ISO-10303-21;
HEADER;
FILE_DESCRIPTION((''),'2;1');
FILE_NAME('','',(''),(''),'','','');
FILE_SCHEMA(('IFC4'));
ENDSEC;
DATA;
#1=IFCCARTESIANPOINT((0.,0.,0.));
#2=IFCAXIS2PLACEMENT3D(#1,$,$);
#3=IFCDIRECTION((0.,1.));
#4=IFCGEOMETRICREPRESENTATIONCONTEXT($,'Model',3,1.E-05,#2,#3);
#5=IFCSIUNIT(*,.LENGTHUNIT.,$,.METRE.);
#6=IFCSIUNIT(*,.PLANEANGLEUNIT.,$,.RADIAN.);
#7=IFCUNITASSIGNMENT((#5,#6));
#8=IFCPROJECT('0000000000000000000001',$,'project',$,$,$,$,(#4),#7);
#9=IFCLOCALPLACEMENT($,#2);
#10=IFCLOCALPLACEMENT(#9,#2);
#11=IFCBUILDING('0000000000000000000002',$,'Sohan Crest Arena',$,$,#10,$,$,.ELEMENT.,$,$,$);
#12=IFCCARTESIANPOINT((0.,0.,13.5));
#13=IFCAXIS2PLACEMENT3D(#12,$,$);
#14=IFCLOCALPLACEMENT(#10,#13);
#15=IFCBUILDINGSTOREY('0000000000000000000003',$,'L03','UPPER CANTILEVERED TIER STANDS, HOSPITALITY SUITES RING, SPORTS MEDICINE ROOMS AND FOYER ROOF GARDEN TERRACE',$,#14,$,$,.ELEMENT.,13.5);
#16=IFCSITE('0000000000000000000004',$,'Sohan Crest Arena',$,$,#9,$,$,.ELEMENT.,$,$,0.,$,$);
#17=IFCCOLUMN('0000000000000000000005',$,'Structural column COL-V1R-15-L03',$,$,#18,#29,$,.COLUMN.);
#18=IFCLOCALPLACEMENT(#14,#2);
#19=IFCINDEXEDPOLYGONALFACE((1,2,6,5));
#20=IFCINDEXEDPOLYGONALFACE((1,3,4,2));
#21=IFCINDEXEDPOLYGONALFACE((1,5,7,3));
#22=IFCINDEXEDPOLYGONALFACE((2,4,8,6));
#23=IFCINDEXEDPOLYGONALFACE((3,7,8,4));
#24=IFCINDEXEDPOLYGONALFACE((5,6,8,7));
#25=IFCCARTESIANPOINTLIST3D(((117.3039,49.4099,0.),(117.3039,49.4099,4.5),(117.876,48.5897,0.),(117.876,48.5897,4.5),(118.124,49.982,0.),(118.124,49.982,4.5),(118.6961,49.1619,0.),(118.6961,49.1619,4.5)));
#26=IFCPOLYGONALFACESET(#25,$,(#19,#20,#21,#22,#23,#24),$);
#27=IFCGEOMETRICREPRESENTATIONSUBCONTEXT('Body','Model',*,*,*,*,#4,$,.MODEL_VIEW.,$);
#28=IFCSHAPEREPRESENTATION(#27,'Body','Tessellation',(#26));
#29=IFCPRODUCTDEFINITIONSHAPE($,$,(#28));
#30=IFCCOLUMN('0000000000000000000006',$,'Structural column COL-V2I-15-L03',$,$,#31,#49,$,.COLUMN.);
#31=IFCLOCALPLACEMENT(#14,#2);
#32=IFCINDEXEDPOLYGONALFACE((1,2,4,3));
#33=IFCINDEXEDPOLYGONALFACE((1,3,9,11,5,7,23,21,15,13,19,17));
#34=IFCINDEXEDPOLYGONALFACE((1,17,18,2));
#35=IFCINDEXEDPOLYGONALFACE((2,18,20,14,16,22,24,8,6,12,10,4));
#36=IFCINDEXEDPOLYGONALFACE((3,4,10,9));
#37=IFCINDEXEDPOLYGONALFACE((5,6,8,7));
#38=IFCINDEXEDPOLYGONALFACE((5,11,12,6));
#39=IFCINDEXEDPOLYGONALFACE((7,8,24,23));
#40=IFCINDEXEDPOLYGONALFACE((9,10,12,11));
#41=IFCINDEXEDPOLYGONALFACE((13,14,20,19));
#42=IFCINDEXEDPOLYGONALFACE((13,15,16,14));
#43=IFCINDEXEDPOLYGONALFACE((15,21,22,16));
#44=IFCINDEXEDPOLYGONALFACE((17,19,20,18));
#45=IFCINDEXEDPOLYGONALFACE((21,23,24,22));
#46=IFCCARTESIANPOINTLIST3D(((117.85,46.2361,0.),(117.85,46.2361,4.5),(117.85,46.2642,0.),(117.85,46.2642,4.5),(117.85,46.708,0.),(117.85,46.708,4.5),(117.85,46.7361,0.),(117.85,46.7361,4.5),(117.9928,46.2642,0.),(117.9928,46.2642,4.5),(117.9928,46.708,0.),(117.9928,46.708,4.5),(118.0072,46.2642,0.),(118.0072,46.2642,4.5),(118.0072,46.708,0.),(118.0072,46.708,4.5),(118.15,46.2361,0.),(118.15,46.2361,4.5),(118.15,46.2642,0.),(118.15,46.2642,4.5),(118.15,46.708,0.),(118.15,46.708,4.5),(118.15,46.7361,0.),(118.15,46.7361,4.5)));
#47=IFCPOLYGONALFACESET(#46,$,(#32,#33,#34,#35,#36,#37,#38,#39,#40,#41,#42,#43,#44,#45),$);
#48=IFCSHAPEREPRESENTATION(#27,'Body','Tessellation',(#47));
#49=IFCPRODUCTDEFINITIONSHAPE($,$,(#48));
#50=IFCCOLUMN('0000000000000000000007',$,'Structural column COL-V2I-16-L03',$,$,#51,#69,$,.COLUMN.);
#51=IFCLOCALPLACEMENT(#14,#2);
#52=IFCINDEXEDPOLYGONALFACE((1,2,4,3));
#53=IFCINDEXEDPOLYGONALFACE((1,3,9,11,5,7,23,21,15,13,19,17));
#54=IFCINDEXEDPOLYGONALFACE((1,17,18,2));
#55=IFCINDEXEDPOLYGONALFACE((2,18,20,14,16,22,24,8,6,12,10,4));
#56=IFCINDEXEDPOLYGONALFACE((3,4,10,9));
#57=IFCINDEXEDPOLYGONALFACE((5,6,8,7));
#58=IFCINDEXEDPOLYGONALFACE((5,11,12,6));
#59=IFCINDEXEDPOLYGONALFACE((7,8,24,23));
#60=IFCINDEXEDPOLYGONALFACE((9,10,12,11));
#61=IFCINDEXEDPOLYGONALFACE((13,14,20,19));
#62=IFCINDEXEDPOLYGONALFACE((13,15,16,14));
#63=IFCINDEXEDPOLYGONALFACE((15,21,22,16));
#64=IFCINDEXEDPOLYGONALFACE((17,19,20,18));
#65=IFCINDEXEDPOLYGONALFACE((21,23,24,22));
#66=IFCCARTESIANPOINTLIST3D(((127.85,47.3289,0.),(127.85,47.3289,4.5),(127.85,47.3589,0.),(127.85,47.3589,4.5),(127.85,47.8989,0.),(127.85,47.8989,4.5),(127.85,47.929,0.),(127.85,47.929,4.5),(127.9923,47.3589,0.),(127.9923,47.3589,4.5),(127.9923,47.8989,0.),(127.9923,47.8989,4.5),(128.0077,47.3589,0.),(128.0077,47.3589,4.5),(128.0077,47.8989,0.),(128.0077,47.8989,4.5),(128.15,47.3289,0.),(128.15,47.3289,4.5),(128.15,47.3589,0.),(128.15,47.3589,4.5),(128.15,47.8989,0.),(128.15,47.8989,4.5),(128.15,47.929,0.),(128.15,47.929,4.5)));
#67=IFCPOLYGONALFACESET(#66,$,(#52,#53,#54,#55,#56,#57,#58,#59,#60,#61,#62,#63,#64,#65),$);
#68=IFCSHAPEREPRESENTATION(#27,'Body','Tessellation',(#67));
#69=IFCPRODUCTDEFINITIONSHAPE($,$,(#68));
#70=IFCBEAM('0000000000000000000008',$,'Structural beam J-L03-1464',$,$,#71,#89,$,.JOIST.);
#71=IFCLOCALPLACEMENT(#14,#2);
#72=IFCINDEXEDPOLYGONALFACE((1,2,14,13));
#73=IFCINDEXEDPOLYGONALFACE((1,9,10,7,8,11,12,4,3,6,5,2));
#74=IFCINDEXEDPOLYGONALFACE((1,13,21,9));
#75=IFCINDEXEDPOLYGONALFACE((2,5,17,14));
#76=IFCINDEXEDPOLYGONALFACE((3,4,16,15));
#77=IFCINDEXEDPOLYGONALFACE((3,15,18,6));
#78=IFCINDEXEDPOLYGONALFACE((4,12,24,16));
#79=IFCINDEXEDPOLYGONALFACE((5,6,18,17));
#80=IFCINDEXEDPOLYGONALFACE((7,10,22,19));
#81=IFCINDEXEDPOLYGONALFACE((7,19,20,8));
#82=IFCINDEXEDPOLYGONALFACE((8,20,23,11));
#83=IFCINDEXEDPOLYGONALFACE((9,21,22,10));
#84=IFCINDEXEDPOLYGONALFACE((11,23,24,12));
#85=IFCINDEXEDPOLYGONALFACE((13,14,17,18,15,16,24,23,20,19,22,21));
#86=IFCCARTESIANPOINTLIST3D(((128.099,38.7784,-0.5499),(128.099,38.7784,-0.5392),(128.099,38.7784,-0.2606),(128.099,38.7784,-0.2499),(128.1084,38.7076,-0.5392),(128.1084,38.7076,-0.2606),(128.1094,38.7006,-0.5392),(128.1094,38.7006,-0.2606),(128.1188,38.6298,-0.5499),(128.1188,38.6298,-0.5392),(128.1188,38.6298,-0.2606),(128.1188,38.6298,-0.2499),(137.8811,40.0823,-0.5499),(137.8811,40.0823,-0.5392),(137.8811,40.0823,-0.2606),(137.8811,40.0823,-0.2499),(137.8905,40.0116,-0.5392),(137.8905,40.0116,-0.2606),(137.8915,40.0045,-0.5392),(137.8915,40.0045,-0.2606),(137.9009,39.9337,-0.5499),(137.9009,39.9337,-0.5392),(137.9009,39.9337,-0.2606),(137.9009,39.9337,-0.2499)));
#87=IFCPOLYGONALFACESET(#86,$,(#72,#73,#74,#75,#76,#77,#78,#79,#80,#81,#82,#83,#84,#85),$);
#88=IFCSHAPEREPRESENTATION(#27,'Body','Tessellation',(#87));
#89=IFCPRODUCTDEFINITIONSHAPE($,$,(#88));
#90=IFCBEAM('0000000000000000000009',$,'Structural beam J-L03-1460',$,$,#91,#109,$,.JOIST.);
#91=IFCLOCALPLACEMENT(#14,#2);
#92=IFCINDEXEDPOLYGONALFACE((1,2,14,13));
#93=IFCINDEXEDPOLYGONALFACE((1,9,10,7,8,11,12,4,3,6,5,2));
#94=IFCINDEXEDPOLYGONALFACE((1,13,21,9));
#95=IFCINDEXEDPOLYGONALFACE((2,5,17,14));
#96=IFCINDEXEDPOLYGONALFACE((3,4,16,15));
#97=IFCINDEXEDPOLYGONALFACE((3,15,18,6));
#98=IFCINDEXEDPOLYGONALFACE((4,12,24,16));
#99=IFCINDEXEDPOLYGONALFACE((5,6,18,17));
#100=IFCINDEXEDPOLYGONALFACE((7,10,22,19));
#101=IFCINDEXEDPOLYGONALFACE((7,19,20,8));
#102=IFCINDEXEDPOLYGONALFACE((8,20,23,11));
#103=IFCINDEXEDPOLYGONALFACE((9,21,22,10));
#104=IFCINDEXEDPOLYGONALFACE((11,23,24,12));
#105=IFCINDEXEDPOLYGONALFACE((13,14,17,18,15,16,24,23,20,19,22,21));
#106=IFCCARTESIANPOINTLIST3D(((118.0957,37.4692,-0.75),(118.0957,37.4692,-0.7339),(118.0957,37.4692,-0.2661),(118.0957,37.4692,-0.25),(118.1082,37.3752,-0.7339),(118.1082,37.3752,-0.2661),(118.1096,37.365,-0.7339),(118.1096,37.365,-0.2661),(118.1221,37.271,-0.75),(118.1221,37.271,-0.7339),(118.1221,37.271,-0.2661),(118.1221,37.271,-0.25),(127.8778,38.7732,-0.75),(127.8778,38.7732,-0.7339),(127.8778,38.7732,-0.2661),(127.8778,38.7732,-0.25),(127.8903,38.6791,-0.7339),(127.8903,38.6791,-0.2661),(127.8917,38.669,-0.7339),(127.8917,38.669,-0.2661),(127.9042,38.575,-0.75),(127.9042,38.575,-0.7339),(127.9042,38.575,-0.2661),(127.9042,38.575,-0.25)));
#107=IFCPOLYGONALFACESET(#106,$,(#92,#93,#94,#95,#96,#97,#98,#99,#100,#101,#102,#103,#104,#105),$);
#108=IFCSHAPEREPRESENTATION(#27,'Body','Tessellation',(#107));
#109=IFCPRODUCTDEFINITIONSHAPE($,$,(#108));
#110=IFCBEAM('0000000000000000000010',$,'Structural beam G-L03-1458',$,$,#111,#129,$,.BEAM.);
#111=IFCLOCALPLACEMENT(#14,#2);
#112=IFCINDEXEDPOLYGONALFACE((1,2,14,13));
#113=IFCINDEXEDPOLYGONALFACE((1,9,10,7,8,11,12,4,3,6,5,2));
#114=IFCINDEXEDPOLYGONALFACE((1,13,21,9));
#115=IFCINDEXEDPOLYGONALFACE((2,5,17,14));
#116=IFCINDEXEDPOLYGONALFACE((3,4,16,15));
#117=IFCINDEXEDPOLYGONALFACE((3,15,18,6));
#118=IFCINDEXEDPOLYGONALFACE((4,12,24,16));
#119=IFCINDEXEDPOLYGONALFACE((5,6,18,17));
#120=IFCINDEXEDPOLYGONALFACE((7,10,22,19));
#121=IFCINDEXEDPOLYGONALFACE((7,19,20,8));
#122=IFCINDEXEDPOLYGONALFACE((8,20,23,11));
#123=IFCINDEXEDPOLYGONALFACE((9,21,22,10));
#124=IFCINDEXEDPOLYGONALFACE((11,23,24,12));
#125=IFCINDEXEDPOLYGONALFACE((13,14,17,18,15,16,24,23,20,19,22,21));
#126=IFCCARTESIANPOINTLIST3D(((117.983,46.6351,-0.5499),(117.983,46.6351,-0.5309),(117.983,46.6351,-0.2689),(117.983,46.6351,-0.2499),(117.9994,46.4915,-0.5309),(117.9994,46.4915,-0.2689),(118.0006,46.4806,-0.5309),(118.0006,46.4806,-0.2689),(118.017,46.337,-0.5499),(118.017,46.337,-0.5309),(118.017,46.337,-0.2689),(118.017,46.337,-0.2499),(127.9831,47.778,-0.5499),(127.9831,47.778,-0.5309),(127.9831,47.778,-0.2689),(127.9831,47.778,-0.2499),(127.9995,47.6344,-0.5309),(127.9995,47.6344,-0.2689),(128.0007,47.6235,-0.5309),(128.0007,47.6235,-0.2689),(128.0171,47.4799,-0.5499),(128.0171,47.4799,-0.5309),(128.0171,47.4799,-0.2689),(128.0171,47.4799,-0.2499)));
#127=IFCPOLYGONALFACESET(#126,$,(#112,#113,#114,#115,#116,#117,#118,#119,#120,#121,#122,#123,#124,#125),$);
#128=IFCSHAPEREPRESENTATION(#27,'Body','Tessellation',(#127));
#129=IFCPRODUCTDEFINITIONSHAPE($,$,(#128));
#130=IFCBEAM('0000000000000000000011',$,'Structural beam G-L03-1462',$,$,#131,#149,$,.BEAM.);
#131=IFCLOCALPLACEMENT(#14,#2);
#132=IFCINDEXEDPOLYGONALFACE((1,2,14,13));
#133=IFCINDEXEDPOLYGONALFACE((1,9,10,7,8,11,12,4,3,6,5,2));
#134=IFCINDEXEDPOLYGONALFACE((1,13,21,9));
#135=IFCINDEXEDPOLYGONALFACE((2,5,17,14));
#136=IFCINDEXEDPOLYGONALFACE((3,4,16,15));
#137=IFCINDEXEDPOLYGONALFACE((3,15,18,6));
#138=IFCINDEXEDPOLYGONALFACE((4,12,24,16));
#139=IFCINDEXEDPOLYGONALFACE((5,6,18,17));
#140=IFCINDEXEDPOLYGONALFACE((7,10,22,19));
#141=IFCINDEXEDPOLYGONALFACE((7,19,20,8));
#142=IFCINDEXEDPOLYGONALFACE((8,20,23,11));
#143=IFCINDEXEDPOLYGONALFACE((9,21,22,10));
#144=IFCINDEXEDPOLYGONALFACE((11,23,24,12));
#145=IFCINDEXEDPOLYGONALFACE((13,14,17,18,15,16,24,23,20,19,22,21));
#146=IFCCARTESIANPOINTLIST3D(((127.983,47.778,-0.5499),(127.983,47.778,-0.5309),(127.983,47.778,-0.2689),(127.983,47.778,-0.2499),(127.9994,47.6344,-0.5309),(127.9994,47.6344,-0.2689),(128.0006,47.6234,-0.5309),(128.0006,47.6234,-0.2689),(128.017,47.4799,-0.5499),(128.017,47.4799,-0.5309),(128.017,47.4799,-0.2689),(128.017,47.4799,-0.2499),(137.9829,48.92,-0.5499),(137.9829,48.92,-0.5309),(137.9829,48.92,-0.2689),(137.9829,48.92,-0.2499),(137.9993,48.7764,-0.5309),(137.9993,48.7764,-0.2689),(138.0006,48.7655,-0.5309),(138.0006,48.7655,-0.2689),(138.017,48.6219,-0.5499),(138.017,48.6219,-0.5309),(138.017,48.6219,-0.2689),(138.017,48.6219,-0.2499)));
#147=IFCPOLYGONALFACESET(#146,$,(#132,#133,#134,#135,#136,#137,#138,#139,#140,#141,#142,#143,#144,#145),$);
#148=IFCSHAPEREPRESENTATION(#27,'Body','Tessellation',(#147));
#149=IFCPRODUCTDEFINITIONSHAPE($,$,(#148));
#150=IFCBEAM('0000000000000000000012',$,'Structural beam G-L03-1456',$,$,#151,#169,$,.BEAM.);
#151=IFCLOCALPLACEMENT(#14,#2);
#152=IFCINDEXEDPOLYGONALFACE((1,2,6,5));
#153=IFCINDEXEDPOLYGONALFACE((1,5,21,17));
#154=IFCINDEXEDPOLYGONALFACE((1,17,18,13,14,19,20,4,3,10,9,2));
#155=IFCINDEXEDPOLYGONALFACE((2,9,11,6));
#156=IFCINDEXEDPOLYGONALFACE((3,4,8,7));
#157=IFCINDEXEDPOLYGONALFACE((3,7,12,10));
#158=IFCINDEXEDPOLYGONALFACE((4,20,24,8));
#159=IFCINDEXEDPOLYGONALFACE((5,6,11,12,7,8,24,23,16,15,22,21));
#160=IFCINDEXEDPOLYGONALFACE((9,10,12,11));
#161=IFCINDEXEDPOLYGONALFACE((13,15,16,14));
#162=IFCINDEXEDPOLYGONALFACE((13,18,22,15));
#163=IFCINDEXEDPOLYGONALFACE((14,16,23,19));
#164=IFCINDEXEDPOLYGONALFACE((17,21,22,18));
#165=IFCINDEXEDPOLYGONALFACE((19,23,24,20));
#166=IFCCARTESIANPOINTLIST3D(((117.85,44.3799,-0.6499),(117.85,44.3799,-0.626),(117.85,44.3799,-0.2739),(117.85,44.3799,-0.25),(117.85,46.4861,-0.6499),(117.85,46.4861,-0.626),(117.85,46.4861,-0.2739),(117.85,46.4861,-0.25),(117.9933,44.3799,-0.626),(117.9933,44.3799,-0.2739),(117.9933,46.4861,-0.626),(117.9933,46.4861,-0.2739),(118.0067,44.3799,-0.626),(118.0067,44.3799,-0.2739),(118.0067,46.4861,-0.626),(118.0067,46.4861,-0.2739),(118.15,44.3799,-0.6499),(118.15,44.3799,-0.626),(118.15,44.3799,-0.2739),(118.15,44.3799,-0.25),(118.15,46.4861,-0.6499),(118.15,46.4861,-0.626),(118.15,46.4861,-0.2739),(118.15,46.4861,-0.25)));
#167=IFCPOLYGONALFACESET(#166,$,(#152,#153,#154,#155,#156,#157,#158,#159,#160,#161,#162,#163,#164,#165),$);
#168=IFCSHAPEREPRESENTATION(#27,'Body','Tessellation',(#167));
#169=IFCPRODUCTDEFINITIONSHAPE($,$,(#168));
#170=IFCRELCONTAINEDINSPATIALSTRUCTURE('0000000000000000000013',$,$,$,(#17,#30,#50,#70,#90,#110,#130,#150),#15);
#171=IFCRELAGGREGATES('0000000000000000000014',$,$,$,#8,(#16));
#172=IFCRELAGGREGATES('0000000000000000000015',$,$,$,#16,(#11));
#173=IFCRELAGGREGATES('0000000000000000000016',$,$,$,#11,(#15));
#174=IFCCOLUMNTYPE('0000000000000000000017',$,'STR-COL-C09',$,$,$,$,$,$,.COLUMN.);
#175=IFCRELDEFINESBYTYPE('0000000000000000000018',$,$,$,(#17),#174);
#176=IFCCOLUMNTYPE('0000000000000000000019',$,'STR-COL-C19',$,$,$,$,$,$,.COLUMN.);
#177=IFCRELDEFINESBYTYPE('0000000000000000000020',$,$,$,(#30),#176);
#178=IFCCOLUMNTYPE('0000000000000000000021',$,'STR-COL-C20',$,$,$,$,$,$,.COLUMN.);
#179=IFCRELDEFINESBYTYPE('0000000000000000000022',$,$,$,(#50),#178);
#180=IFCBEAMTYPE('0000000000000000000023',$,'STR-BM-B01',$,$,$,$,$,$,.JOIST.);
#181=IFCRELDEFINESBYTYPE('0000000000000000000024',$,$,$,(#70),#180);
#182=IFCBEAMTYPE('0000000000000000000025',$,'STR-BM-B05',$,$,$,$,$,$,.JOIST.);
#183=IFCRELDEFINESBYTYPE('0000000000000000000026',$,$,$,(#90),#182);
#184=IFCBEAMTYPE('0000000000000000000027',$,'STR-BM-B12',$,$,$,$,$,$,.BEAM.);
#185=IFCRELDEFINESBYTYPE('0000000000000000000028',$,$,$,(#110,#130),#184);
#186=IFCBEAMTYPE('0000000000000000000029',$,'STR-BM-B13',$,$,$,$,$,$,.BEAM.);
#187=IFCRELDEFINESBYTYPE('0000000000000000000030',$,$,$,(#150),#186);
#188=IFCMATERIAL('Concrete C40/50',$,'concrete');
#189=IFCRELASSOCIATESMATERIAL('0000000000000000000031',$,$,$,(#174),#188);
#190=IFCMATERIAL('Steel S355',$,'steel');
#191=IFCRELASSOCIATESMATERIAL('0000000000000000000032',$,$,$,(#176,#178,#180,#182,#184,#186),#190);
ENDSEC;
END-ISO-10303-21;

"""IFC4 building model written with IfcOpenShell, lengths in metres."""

from ifc_helpers import new_model, si_unit, direction, frame, origin, origin_2d, place, context, subcontext, project, spatial, rectangle, i_section, extrude, material, material_profile, profile_set, type_object, element, save


model = new_model("IFC4")

# Units and contexts
model_context = context("Model", 3, precision=1e-05, world=origin(), true_north=direction((0.0, 1.0)))
body_context = subcontext(model_context, "Body", "Model", "MODEL_VIEW")
ifc_project = project(units=[si_unit("LENGTHUNIT", "METRE"), si_unit("PLANEANGLEUNIT", "RADIAN")], contexts=[model_context])

# Site, building, storey
site_placement = place(None, origin())
site = spatial("IfcSite", under=ifc_project, at=site_placement, Name="Sohan Crest Arena", CompositionType="ELEMENT", RefElevation=0.0)
building_placement = place(site_placement, origin())
building = spatial("IfcBuilding", under=site, at=building_placement, Name="Sohan Crest Arena", CompositionType="ELEMENT")
storey_placement = place(building_placement, frame((0.0, 0.0, 13.5)))
storey = spatial("IfcBuildingStorey", under=building, at=storey_placement, Name="L03", Description="UPPER CANTILEVERED TIER STANDS, HOSPITALITY SUITES RING, SPORTS MEDICINE ROOMS AND FOYER ROOF GARDEN TERRACE", CompositionType="ELEMENT", Elevation=13.5)

# Columns
ifc_material_1 = material(Name="Concrete C40/50", Category="concrete")
ifc_material_profile_1 = material_profile(ifc_material_1, rectangle(XDim=1.0, YDim=1.0, at=origin_2d()), Name="RC 1000x1000")
ifc_profile_set_1 = profile_set([ifc_material_profile_1], Name="Concrete C40/50")
column_type_1 = type_object("IfcColumnType", Name="STR-COL-C09", PredefinedType="COLUMN", material=ifc_profile_set_1)
column_1_placement = place(storey_placement, frame((118.0, 49.2859, 0.0), z_axis=(0.0, 0.0, 1.0), x_axis=(-0.572146, 0.820152, 0.0)))
element("IfcColumn", 1, at=column_1_placement, inside=storey, type_object=column_type_1, Name="Structural column COL-V1R-15-L03", PredefinedType="COLUMN", context=body_context, shape_type="SweptSolid", body=[
    extrude(rectangle(XDim=1.0, YDim=1.0, at=origin_2d()), origin(), (0.0, 0.0, 1.0), 4.5),
])
ifc_material_2 = material(Name="Steel S355", Category="steel")
ifc_material_profile_2 = material_profile(ifc_material_2, i_section(OverallWidth=0.3, OverallDepth=0.5, WebThickness=0.0144, FlangeThickness=0.0281, at=origin_2d()), Name="HEB 500")
ifc_profile_set_2 = profile_set([ifc_material_profile_2], Name="Steel S355")
column_type_2 = type_object("IfcColumnType", Name="STR-COL-C19", PredefinedType="COLUMN", material=ifc_profile_set_2)
column_2_placement = place(storey_placement, frame((118.0, 46.4861, 0.0), z_axis=(0.0, 0.0, 1.0), x_axis=(1.0, 0.0, 0.0)))
element("IfcColumn", 2, at=column_2_placement, inside=storey, type_object=column_type_2, Name="Structural column COL-V2I-15-L03", PredefinedType="COLUMN", context=body_context, shape_type="SweptSolid", body=[
    extrude(i_section(OverallWidth=0.3, OverallDepth=0.5, WebThickness=0.0144, FlangeThickness=0.0281, at=origin_2d()), origin(), (0.0, 0.0, 1.0), 4.5),
])
ifc_material_profile_3 = material_profile(ifc_material_2, i_section(OverallWidth=0.3, OverallDepth=0.6001, WebThickness=0.0154, FlangeThickness=0.03, at=origin_2d()), Name="HEB 600")
ifc_profile_set_3 = profile_set([ifc_material_profile_3], Name="Steel S355")
column_type_3 = type_object("IfcColumnType", Name="STR-COL-C20", PredefinedType="COLUMN", material=ifc_profile_set_3)
column_3_placement = place(storey_placement, frame((128.0, 47.6289, 0.0), z_axis=(0.0, 0.0, 1.0), x_axis=(1.0, 0.0, 0.0)))
element("IfcColumn", 3, at=column_3_placement, inside=storey, type_object=column_type_3, Name="Structural column COL-V2I-16-L03", PredefinedType="COLUMN", context=body_context, shape_type="SweptSolid", body=[
    extrude(i_section(OverallWidth=0.3, OverallDepth=0.6001, WebThickness=0.0154, FlangeThickness=0.03, at=origin_2d()), origin(), (0.0, 0.0, 1.0), 4.5),
])

# Beams
ifc_material_profile_4 = material_profile(ifc_material_2, i_section(OverallWidth=0.1499, OverallDepth=0.3, WebThickness=0.0071, FlangeThickness=0.0107, at=origin_2d()), Name="IPE 300")
ifc_profile_set_4 = profile_set([ifc_material_profile_4], Name="Steel S355")
beam_type_1 = type_object("IfcBeamType", Name="STR-BM-B01", PredefinedType="JOIST", material=ifc_profile_set_4)
beam_1_placement = place(storey_placement, frame((128.1089, 38.7041, -0.3999), z_axis=(0.991232, 0.13213, 0.0), x_axis=(-0.13213, 0.991232, 0.0)))
element("IfcBeam", 4, at=beam_1_placement, inside=storey, type_object=beam_type_1, Name="Structural beam J-L03-1464", PredefinedType="JOIST", context=body_context, shape_type="SweptSolid", body=[
    extrude(i_section(OverallWidth=0.1499, OverallDepth=0.3, WebThickness=0.0071, FlangeThickness=0.0107, at=origin_2d()), origin(), (0.0, 0.0, 1.0), 9.8687),
])
ifc_material_profile_5 = material_profile(ifc_material_2, i_section(OverallWidth=0.2, OverallDepth=0.5, WebThickness=0.0103, FlangeThickness=0.0161, at=origin_2d()), Name="IPE 500")
ifc_profile_set_5 = profile_set([ifc_material_profile_5], Name="Steel S355")
beam_type_2 = type_object("IfcBeamType", Name="STR-BM-B05", PredefinedType="JOIST", material=ifc_profile_set_5)
beam_2_placement = place(storey_placement, frame((118.1089, 37.3701, -0.5), z_axis=(0.991232, 0.13213, 0.0), x_axis=(-0.13213, 0.991232, 0.0)))
element("IfcBeam", 5, at=beam_2_placement, inside=storey, type_object=beam_type_2, Name="Structural beam J-L03-1460", PredefinedType="JOIST", context=body_context, shape_type="SweptSolid", body=[
    extrude(i_section(OverallWidth=0.2, OverallDepth=0.5, WebThickness=0.0103, FlangeThickness=0.0161, at=origin_2d()), origin(), (0.0, 0.0, 1.0), 9.8687),
])
ifc_material_profile_6 = material_profile(ifc_material_2, i_section(OverallWidth=0.3, OverallDepth=0.3, WebThickness=0.011, FlangeThickness=0.019, at=origin_2d()), Name="HEB 300")
ifc_profile_set_6 = profile_set([ifc_material_profile_6], Name="Steel S355")
beam_type_3 = type_object("IfcBeamType", Name="STR-BM-B12", PredefinedType="BEAM", material=ifc_profile_set_6)
beam_3_placement = place(storey_placement, frame((118.0, 46.4861, -0.3999), z_axis=(0.993533, 0.113543, 0.0), x_axis=(-0.113543, 0.993533, 0.0)))
element("IfcBeam", 6, at=beam_3_placement, inside=storey, type_object=beam_type_3, Name="Structural beam G-L03-1458", PredefinedType="BEAM", context=body_context, shape_type="SweptSolid", body=[
    extrude(i_section(OverallWidth=0.3, OverallDepth=0.3, WebThickness=0.011, FlangeThickness=0.019, at=origin_2d()), origin(), (0.0, 0.0, 1.0), 10.0652),
])
beam_4_placement = place(storey_placement, frame((128.0, 47.6289, -0.3999), z_axis=(0.993541, 0.113471, 0.0), x_axis=(-0.113471, 0.993541, 0.0)))
element("IfcBeam", 7, at=beam_4_placement, inside=storey, type_object=beam_type_3, Name="Structural beam G-L03-1462", PredefinedType="BEAM", context=body_context, shape_type="SweptSolid", body=[
    extrude(i_section(OverallWidth=0.3, OverallDepth=0.3, WebThickness=0.011, FlangeThickness=0.019, at=origin_2d()), origin(), (0.0, 0.0, 1.0), 10.0649),
])
ifc_material_profile_7 = material_profile(ifc_material_2, i_section(OverallWidth=0.3, OverallDepth=0.3999, WebThickness=0.0134, FlangeThickness=0.0239, at=origin_2d()), Name="HEB 400")
ifc_profile_set_7 = profile_set([ifc_material_profile_7], Name="Steel S355")
beam_type_4 = type_object("IfcBeamType", Name="STR-BM-B13", PredefinedType="BEAM", material=ifc_profile_set_7)
beam_5_placement = place(storey_placement, frame((118.0, 46.4861, -0.45), z_axis=(0.0, -1.0, 0.0), x_axis=(1.0, 0.0, 0.0)))
element("IfcBeam", 8, at=beam_5_placement, inside=storey, type_object=beam_type_4, Name="Structural beam G-L03-1456", PredefinedType="BEAM", context=body_context, shape_type="SweptSolid", body=[
    extrude(i_section(OverallWidth=0.3, OverallDepth=0.3999, WebThickness=0.0134, FlangeThickness=0.0239, at=origin_2d()), origin(), (0.0, 0.0, 1.0), 2.1062),
])

save(model, "model.ifc")
